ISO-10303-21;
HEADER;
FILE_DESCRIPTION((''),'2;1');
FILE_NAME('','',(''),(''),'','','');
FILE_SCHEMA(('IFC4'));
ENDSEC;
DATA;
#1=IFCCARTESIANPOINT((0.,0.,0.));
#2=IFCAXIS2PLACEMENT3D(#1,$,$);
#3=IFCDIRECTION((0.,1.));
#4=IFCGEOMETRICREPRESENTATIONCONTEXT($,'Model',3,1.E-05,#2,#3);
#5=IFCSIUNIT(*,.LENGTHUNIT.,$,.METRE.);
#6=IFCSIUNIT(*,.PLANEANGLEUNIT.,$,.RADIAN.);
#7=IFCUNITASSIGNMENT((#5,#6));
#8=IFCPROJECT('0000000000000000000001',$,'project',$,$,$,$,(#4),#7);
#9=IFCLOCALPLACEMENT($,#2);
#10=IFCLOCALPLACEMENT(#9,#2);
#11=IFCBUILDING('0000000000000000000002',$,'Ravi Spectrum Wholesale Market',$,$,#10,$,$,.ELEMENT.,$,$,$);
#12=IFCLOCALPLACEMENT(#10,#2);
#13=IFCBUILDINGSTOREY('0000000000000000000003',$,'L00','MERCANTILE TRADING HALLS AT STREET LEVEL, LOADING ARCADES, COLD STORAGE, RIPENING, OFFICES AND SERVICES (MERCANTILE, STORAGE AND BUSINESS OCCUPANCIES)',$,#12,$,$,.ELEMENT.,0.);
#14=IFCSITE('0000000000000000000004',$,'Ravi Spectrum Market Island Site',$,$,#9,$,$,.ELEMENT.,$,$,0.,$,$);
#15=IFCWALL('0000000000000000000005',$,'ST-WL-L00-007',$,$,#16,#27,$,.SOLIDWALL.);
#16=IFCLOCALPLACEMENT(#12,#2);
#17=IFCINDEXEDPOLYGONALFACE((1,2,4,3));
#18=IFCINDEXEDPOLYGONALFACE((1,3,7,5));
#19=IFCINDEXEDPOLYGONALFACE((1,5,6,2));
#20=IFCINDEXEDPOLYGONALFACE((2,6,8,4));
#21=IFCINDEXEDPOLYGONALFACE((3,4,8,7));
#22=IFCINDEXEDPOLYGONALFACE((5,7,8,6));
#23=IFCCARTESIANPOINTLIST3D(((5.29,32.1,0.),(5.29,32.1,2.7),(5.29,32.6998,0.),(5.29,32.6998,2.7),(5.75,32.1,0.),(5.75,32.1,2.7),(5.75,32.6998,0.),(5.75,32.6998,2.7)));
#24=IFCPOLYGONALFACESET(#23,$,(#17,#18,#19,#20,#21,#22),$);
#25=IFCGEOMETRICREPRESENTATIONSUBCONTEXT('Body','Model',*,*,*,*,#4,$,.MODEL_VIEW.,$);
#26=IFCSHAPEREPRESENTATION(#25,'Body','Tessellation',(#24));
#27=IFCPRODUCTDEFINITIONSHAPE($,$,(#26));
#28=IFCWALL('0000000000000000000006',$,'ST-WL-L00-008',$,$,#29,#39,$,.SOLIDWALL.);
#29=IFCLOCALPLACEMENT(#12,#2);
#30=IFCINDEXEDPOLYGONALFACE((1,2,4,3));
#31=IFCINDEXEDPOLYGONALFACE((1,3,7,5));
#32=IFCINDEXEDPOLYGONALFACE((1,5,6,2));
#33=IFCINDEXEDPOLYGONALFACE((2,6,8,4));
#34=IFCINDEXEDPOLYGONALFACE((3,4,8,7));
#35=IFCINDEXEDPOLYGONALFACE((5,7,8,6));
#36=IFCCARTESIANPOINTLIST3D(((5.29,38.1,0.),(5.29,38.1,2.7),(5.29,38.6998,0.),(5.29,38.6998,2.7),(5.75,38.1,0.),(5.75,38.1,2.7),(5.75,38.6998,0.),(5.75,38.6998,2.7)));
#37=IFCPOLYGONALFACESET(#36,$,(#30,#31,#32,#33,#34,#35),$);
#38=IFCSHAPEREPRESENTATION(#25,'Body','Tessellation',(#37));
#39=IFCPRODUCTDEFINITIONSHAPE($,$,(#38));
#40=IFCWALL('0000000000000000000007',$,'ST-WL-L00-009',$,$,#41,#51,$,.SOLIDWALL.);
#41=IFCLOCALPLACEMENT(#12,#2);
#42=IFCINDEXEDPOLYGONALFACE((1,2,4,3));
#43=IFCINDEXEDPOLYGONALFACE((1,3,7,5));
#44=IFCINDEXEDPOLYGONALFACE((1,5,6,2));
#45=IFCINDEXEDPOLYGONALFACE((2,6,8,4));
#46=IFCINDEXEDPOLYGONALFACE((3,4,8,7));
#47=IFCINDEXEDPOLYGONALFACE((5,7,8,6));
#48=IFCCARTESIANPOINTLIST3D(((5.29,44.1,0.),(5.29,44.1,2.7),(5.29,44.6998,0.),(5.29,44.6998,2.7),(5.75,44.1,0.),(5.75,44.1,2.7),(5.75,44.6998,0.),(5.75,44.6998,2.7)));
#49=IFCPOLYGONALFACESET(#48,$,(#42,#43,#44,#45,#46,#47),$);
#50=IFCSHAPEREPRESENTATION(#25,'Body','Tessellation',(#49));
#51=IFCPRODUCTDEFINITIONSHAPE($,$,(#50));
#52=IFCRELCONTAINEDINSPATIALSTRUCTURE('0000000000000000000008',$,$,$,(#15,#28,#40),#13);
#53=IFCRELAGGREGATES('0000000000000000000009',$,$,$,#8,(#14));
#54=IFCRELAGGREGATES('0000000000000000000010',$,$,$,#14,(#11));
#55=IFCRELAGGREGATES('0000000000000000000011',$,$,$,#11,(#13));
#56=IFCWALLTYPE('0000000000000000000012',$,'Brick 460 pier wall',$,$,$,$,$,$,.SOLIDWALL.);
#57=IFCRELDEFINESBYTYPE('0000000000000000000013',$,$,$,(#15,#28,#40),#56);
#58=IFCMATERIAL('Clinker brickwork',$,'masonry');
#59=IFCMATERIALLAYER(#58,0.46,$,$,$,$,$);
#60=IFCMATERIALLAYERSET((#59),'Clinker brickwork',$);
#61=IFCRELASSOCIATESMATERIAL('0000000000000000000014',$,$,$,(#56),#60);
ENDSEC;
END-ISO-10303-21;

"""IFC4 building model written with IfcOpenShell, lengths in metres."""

from ifc_helpers import new_model, si_unit, direction, frame, frame_2d, origin, place, context, subcontext, project, spatial, rectangle, extrude, material, layer, layer_set, type_object, element, save


model = new_model("IFC4")

# Units and contexts
model_context = context("Model", 3, precision=1e-05, world=origin(), true_north=direction((0.0, 1.0)))
body_context = subcontext(model_context, "Body", "Model", "MODEL_VIEW")
ifc_project = project(units=[si_unit("LENGTHUNIT", "METRE"), si_unit("PLANEANGLEUNIT", "RADIAN")], contexts=[model_context])

# Site, building, storey
site_placement = place(None, origin())
site = spatial("IfcSite", under=ifc_project, at=site_placement, Name="Ravi Spectrum Market Island Site", CompositionType="ELEMENT", RefElevation=0.0)
building_placement = place(site_placement, origin())
building = spatial("IfcBuilding", under=site, at=building_placement, Name="Ravi Spectrum Wholesale Market", CompositionType="ELEMENT")
storey_placement = place(building_placement, origin())
storey = spatial("IfcBuildingStorey", under=building, at=storey_placement, Name="L00", Description="MERCANTILE TRADING HALLS AT STREET LEVEL, LOADING ARCADES, COLD STORAGE, RIPENING, OFFICES AND SERVICES (MERCANTILE, STORAGE AND BUSINESS OCCUPANCIES)", CompositionType="ELEMENT", Elevation=0.0)

# Walls
ifc_material_1 = material(Name="Clinker brickwork", Category="masonry")
ifc_layer_1 = layer(ifc_material_1, 0.46)
ifc_layer_set_1 = layer_set([ifc_layer_1], Name="Clinker brickwork")
wall_type_1 = type_object("IfcWallType", Name="Brick 460 pier wall", PredefinedType="SOLIDWALL", material=ifc_layer_set_1)
for number, where, z_axis, x_axis, name in (
    (1, (5.52, 32.1001, 0.0), (0.0, 0.0, 1.0), (0.0, 1.0, 0.0), "ST-WL-L00-007"),
    (2, (5.52, 38.1001, 0.0), (0.0, 0.0, 1.0), (0.0, 1.0, 0.0), "ST-WL-L00-008"),
    (3, (5.52, 44.1001, 0.0), (0.0, 0.0, 1.0), (0.0, 1.0, 0.0), "ST-WL-L00-009"),
):
    element("IfcWall", number, at=place(storey_placement, frame(where, z_axis=z_axis, x_axis=x_axis)), inside=storey, type_object=wall_type_1, Name=name, PredefinedType="SOLIDWALL", context=body_context, shape_type="SweptSolid", body=[
        extrude(rectangle(XDim=0.5999, YDim=0.46, at=frame_2d((0.2998, 0.0))), origin(), (0.0, 0.0, 1.0), 2.7),
    ])

save(model, "model.ifc")
